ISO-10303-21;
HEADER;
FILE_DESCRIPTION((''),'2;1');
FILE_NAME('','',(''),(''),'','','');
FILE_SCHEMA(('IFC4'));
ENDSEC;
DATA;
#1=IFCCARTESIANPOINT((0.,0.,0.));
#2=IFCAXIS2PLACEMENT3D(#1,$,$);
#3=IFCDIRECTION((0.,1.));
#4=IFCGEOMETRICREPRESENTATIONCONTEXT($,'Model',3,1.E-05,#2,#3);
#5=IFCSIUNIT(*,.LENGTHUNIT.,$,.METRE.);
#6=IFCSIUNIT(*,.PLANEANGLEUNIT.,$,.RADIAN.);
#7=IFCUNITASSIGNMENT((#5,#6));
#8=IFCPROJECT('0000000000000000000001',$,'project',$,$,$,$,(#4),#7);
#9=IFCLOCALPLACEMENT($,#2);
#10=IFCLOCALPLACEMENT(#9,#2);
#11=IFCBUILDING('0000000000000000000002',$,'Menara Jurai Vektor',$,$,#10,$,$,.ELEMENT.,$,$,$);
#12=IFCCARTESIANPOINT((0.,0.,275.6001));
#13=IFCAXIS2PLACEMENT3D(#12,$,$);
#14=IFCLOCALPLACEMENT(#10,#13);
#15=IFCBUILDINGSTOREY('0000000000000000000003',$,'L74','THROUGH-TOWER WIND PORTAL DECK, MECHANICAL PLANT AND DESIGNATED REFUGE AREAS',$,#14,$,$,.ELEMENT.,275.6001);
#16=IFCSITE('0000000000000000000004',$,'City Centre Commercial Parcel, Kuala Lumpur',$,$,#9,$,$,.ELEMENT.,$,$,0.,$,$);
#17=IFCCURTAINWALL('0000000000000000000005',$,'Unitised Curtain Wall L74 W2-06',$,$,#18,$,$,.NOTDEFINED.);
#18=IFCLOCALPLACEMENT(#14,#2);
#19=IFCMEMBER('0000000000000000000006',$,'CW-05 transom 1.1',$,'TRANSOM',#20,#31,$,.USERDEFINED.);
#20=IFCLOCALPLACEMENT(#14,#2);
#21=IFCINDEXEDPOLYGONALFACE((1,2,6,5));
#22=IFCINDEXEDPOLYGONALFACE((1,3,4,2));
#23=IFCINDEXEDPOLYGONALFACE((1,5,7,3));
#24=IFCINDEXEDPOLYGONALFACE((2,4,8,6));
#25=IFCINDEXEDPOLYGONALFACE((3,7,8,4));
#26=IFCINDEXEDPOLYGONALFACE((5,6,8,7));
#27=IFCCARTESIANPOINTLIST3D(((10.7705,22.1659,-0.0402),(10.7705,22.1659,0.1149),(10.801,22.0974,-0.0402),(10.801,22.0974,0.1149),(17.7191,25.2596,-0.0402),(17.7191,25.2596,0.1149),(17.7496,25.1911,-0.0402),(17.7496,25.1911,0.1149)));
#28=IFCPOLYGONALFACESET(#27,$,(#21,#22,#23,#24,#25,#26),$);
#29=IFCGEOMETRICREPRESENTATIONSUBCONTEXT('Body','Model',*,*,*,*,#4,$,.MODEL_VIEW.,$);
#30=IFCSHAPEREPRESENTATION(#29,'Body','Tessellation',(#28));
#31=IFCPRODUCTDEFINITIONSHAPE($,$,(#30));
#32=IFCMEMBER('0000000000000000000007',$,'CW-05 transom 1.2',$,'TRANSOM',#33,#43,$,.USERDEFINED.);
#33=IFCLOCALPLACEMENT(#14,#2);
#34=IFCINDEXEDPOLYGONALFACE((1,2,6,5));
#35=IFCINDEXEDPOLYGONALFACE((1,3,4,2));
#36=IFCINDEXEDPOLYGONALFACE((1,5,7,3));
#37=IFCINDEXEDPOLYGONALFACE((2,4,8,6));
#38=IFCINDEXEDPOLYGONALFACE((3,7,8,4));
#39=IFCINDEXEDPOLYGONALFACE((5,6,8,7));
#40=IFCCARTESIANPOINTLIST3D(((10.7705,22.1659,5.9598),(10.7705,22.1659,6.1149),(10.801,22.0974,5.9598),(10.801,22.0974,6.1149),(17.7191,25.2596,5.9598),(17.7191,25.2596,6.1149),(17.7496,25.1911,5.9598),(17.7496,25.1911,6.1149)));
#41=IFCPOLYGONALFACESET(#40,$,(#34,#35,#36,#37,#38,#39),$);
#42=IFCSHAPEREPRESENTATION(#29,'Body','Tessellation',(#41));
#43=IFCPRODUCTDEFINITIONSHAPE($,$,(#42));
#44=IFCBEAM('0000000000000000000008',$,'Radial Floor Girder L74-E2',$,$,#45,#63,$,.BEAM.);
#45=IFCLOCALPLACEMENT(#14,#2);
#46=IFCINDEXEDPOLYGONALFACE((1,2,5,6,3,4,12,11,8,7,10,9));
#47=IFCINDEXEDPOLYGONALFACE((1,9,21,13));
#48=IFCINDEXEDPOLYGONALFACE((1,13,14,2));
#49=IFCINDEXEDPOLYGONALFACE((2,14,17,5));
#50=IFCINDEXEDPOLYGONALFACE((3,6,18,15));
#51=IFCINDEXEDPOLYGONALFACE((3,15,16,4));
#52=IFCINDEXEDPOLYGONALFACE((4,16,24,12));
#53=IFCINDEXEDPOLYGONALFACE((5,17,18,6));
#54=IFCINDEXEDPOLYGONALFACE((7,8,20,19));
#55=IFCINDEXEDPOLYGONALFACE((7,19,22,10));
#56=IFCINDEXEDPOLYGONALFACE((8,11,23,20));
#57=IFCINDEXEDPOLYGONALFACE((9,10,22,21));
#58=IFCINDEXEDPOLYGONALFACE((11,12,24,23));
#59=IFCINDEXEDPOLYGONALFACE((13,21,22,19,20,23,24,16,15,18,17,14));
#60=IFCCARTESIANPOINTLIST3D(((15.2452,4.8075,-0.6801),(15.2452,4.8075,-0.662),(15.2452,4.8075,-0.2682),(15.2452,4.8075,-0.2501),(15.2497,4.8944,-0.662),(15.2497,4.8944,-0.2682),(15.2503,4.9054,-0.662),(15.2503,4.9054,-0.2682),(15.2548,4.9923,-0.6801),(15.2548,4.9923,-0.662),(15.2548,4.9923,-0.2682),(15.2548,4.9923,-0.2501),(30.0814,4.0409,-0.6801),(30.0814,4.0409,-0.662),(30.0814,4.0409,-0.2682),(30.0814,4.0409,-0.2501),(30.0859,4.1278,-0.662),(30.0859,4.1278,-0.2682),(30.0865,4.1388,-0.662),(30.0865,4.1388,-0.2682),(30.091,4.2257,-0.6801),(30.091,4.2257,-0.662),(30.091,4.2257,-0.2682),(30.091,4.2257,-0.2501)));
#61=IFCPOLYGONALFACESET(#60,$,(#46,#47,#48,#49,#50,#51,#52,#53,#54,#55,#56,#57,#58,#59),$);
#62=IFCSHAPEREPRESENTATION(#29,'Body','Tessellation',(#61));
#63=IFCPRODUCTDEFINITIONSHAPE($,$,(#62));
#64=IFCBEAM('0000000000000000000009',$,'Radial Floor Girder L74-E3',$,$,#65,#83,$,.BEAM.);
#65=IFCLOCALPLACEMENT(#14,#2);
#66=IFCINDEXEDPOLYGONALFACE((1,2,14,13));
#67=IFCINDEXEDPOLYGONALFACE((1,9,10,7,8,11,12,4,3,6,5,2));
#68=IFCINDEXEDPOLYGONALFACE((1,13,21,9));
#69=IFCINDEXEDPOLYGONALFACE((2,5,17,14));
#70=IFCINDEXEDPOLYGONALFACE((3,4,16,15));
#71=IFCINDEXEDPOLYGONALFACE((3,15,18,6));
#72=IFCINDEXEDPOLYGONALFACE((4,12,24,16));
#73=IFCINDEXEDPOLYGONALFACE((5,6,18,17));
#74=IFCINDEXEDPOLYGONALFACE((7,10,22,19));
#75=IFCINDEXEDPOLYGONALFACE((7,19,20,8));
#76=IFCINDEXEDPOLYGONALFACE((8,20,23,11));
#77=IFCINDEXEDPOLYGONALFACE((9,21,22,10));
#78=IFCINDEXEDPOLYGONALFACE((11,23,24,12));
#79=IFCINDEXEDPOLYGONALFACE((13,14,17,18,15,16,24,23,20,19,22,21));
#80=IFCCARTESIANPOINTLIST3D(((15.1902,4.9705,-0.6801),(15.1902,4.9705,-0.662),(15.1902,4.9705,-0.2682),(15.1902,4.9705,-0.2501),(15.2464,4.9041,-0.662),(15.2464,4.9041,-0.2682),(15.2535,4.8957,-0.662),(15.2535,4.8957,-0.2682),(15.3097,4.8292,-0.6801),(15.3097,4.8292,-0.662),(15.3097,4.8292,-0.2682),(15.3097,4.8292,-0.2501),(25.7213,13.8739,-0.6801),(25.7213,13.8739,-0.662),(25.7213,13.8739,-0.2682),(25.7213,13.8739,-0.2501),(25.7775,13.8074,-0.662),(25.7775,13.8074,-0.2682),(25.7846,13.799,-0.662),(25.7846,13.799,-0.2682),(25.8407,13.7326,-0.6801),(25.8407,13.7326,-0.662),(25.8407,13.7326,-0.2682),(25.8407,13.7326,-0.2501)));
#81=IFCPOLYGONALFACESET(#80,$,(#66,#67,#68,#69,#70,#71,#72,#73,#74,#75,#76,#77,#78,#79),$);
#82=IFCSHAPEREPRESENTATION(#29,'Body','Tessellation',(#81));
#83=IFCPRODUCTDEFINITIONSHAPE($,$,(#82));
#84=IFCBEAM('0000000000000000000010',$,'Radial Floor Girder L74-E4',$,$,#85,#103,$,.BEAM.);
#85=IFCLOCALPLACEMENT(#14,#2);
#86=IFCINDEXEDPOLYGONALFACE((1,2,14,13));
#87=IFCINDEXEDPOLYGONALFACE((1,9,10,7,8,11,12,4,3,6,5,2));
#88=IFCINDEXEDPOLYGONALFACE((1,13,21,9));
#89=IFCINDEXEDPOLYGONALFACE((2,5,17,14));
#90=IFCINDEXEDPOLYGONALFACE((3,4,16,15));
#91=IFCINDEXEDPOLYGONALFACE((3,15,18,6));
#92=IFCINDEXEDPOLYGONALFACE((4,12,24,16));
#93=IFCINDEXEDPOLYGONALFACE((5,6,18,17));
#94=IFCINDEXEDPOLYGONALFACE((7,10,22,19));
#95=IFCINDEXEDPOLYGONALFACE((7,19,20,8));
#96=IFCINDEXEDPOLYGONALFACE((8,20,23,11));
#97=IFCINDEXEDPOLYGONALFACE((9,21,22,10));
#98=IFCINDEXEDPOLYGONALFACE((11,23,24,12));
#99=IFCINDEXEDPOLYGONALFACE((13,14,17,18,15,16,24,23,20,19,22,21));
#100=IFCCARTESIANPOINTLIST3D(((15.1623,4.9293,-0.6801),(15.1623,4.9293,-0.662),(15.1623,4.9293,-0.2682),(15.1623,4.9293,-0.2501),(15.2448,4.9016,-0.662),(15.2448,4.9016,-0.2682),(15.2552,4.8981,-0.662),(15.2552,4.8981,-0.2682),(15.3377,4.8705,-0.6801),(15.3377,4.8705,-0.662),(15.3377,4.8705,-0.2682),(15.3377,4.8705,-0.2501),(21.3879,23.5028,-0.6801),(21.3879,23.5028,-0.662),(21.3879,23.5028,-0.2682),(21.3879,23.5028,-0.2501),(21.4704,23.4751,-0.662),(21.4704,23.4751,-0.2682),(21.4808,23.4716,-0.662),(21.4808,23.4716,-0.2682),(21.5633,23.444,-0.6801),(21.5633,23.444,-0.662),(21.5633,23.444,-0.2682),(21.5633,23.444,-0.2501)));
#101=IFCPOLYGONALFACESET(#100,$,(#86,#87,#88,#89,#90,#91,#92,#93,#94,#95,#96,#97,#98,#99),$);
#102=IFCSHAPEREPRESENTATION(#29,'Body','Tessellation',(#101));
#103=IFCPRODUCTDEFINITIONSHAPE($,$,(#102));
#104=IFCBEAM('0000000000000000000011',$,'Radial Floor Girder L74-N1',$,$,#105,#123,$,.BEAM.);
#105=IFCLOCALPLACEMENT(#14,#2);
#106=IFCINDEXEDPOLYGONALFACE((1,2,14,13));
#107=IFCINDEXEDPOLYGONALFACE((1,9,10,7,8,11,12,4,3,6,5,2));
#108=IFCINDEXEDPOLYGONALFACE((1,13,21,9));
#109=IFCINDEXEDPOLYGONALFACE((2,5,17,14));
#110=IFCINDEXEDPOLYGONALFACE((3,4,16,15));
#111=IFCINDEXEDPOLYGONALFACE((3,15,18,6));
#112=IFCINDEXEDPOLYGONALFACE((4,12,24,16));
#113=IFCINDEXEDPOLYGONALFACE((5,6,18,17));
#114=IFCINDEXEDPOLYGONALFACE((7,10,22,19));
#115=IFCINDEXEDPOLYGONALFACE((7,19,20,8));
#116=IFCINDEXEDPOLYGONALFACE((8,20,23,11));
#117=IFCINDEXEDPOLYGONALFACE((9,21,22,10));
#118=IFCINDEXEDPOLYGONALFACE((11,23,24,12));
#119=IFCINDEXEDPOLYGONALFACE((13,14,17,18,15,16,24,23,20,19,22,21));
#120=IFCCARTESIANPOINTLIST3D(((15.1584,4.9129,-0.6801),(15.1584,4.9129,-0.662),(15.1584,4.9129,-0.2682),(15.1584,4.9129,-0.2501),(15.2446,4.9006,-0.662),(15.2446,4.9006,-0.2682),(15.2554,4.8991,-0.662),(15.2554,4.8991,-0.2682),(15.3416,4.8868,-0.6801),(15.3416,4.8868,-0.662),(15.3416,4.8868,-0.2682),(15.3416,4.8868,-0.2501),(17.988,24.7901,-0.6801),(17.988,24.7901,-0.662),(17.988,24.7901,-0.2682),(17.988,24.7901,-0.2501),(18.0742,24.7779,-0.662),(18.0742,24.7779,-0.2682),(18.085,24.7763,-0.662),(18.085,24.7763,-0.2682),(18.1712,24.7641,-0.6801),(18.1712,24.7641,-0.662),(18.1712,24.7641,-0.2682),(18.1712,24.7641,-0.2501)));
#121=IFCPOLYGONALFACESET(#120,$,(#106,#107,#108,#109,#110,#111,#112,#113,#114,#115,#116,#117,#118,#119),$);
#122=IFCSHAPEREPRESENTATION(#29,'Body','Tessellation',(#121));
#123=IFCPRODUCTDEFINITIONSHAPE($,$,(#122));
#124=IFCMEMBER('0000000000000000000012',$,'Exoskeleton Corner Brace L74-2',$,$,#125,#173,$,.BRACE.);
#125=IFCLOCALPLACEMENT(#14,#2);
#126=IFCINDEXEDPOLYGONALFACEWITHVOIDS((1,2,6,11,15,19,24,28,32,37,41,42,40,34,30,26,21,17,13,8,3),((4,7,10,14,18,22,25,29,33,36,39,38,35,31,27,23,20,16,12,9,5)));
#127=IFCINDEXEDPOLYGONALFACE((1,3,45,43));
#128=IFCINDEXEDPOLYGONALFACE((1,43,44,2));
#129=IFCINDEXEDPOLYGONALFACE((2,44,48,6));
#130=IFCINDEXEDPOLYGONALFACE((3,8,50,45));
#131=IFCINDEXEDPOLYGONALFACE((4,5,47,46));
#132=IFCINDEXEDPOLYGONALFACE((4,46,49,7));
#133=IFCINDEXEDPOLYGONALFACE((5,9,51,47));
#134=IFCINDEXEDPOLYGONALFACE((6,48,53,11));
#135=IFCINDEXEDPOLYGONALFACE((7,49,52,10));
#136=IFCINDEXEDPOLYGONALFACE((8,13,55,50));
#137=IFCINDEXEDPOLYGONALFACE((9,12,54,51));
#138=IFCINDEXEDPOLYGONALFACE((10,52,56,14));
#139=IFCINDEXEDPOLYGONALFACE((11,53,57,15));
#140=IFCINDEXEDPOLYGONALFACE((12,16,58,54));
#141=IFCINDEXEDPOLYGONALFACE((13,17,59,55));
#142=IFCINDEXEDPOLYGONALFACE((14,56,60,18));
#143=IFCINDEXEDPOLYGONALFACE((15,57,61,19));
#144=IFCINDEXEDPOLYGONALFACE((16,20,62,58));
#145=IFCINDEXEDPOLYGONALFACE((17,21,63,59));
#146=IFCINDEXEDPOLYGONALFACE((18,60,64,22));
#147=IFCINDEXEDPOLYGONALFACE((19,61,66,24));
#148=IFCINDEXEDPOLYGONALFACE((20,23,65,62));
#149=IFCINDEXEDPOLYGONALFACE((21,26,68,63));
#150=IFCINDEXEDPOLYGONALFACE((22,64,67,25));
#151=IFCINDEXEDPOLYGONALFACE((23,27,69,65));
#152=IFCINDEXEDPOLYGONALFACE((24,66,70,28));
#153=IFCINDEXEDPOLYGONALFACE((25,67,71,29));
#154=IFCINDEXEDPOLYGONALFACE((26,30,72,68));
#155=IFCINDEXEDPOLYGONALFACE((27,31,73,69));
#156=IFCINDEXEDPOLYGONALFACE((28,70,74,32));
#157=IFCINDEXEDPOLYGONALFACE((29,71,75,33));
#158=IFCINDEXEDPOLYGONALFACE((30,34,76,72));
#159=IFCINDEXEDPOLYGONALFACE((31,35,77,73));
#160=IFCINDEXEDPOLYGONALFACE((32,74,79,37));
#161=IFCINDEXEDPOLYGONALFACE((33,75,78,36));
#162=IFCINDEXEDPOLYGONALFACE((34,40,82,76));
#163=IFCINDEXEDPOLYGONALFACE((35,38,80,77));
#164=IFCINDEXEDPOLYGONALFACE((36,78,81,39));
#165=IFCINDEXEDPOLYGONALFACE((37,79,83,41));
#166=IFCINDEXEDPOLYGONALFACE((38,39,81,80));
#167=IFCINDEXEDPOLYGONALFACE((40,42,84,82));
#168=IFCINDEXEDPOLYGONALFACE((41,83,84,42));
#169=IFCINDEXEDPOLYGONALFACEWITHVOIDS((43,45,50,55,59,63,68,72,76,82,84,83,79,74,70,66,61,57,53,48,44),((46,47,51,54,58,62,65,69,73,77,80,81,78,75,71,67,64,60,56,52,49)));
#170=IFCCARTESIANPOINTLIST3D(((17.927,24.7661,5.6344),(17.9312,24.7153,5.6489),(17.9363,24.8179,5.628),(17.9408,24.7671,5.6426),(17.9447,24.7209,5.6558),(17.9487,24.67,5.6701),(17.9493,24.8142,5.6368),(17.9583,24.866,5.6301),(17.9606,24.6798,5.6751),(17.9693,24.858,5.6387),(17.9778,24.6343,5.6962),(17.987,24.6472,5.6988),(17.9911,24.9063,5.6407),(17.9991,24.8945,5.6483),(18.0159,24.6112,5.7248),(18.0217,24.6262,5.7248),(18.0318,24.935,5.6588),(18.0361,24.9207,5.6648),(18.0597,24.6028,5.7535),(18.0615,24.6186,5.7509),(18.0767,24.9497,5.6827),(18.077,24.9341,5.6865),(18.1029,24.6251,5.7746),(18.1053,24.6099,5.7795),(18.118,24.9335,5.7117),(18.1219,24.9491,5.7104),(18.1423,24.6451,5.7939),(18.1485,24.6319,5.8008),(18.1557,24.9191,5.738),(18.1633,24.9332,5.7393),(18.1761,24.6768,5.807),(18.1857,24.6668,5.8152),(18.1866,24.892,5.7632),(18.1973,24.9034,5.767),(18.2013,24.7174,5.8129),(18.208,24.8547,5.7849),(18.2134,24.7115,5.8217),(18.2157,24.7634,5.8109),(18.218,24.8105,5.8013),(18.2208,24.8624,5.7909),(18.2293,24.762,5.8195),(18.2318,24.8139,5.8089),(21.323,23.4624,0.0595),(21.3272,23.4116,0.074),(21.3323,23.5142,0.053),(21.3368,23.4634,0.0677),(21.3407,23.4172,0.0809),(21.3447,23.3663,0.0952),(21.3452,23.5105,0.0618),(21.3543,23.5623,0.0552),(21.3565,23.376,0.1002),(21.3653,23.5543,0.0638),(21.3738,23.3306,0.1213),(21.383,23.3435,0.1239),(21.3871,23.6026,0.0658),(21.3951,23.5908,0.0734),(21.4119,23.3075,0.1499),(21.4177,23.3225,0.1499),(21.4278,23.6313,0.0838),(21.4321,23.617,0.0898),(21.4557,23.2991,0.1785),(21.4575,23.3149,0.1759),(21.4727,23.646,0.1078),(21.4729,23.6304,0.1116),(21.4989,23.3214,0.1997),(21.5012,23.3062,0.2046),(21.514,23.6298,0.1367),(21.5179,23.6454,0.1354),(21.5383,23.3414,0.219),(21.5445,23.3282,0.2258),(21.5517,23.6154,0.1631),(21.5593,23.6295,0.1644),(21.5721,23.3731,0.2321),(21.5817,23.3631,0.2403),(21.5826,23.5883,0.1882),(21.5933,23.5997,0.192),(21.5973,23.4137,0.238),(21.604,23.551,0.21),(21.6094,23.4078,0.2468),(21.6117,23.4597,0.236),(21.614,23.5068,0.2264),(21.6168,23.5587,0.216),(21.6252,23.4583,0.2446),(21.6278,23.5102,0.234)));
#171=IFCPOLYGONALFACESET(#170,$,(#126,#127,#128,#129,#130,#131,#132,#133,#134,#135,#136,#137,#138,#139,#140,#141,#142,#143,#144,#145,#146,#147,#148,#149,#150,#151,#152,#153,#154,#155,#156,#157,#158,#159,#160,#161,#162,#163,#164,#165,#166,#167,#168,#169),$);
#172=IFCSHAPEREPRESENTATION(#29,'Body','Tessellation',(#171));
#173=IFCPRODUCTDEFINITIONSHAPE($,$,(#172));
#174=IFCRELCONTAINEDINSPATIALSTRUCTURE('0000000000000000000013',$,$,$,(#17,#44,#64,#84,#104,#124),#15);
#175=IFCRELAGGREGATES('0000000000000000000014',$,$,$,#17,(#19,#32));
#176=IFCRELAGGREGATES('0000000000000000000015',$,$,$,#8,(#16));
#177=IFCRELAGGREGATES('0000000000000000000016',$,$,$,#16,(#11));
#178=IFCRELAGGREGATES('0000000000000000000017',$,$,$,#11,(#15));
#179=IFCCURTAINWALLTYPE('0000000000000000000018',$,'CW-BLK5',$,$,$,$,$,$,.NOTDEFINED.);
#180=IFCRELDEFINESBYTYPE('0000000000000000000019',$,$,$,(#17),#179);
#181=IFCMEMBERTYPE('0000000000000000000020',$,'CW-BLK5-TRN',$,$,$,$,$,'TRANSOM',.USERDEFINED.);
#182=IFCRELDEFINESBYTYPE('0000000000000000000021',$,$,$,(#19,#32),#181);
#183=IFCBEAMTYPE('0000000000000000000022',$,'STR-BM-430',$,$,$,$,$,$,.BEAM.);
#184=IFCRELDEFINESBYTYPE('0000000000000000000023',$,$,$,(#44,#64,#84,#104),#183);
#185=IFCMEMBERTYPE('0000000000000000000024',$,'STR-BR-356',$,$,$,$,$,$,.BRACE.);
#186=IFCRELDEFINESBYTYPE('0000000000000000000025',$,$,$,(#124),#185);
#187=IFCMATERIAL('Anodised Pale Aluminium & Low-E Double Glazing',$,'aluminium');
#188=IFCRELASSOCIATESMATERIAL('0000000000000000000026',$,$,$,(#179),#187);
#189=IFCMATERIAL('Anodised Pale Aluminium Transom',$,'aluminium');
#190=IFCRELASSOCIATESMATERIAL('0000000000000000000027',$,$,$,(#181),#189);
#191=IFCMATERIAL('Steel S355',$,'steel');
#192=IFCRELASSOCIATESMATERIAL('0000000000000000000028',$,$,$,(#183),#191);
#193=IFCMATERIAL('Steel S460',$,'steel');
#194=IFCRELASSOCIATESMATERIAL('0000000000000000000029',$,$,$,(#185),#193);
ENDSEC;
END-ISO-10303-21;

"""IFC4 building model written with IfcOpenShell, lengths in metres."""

from ifc_helpers import new_model, si_unit, direction, frame, origin, origin_2d, place, context, subcontext, project, spatial, rectangle, hollow_circle, i_section, extrude, material, material_profile, profile_set, type_object, element, aggregate, save


model = new_model("IFC4")

# Units and contexts
model_context = context("Model", 3, precision=1e-05, world=origin(), true_north=direction((0.0, 1.0)))
body_context = subcontext(model_context, "Body", "Model", "MODEL_VIEW")
ifc_project = project(units=[si_unit("LENGTHUNIT", "METRE"), si_unit("PLANEANGLEUNIT", "RADIAN")], contexts=[model_context])

# Site, building, storey
site_placement = place(None, origin())
site = spatial("IfcSite", under=ifc_project, at=site_placement, Name="City Centre Commercial Parcel, Kuala Lumpur", CompositionType="ELEMENT", RefElevation=0.0)
building_placement = place(site_placement, origin())
building = spatial("IfcBuilding", under=site, at=building_placement, Name="Menara Jurai Vektor", CompositionType="ELEMENT")
storey_placement = place(building_placement, frame((0.0, 0.0, 275.6001)))
storey = spatial("IfcBuildingStorey", under=building, at=storey_placement, Name="L74", Description="THROUGH-TOWER WIND PORTAL DECK, MECHANICAL PLANT AND DESIGNATED REFUGE AREAS", CompositionType="ELEMENT", Elevation=275.6001)

# Shared definitions
ifc_material_1 = material(Name="Steel S460", Category="steel")

# Shared definitions
ifc_material_2 = material(Name="Anodised Pale Aluminium & Low-E Double Glazing", Category="aluminium")
curtain_wall_type = type_object("IfcCurtainWallType", Name="CW-BLK5", PredefinedType="NOTDEFINED", material=ifc_material_2)

# Curtain wall
curtain_wall_1_placement = place(storey_placement, origin())
curtain_wall_1 = element("IfcCurtainWall", 1, at=curtain_wall_1_placement, inside=storey, type_object=curtain_wall_type, Name="Unitised Curtain Wall L74 W2-06", PredefinedType="NOTDEFINED")

# Members
ifc_material_3 = material(Name="Anodised Pale Aluminium Transom", Category="aluminium")
ifc_material_profile_1 = material_profile(ifc_material_3, rectangle(XDim=0.075, YDim=0.155, at=origin_2d()), Name="ALU TRN 75x155")
ifc_profile_set_1 = profile_set([ifc_material_profile_1], Name="Anodised Pale Aluminium Transom")
member_type_1 = type_object("IfcMemberType", Name="CW-BLK5-TRN", ElementType="TRANSOM", PredefinedType="USERDEFINED", material=ifc_profile_set_1)
member_1_placement = place(storey_placement, frame((17.7344, 25.2253, 0.0374), z_axis=(-0.913547, -0.406734, 0.0), x_axis=(0.406734, -0.913547, 0.0)))
member_1 = element("IfcMember", 2, at=member_1_placement, type_object=member_type_1, Name="CW-05 transom 1.1", ObjectType="TRANSOM", PredefinedType="USERDEFINED", context=body_context, shape_type="SweptSolid", body=[
    extrude(rectangle(XDim=0.075, YDim=0.155, at=origin_2d()), origin(), (0.0, 0.0, 1.0), 7.6062),
])
member_2_placement = place(storey_placement, frame((17.7344, 25.2253, 6.0374), z_axis=(-0.913547, -0.406734, 0.0), x_axis=(0.406734, -0.913547, 0.0)))
member_2 = element("IfcMember", 3, at=member_2_placement, type_object=member_type_1, Name="CW-05 transom 1.2", ObjectType="TRANSOM", PredefinedType="USERDEFINED", context=body_context, shape_type="SweptSolid", body=[
    extrude(rectangle(XDim=0.075, YDim=0.155, at=origin_2d()), origin(), (0.0, 0.0, 1.0), 7.6062),
])
aggregate(curtain_wall_1, [member_1, member_2])

# Beams
ifc_material_4 = material(Name="Steel S355", Category="steel")
ifc_material_profile_2 = material_profile(ifc_material_4, i_section(OverallWidth=0.1851, OverallDepth=0.4299, WebThickness=0.011, FlangeThickness=0.0181, at=origin_2d()), Name="PG 430x185x76")
ifc_profile_set_2 = profile_set([ifc_material_profile_2], Name="Steel S355")
beam_type_1 = type_object("IfcBeamType", Name="STR-BM-430", PredefinedType="BEAM", material=ifc_profile_set_2)
beam_1_placement = place(storey_placement, frame((30.0862, 4.1333, -0.4651), z_axis=(-0.998668, 0.051602, 0.0), x_axis=(-0.051602, -0.998668, 0.0)))
element("IfcBeam", 4, at=beam_1_placement, inside=storey, type_object=beam_type_1, Name="Radial Floor Girder L74-E2", PredefinedType="BEAM", context=body_context, shape_type="SweptSolid", body=[
    extrude(i_section(OverallWidth=0.1851, OverallDepth=0.4299, WebThickness=0.011, FlangeThickness=0.0181, at=origin_2d()), origin(), (0.0, 0.0, 1.0), 14.856),
])
beam_2_placement = place(storey_placement, frame((25.781, 13.8032, -0.4651), z_axis=(-0.763656, -0.645624, 0.0), x_axis=(0.645624, -0.763656, 0.0)))
element("IfcBeam", 5, at=beam_2_placement, inside=storey, type_object=beam_type_1, Name="Radial Floor Girder L74-E3", PredefinedType="BEAM", context=body_context, shape_type="SweptSolid", body=[
    extrude(i_section(OverallWidth=0.1851, OverallDepth=0.4299, WebThickness=0.011, FlangeThickness=0.0181, at=origin_2d()), origin(), (0.0, 0.0, 1.0), 13.7903),
])
beam_3_placement = place(storey_placement, frame((21.4756, 23.4734, -0.4651), z_axis=(-0.317809, -0.948155, 0.0), x_axis=(0.948155, -0.317809, 0.0)))
element("IfcBeam", 6, at=beam_3_placement, inside=storey, type_object=beam_type_1, Name="Radial Floor Girder L74-E4", PredefinedType="BEAM", context=body_context, shape_type="SweptSolid", body=[
    extrude(i_section(OverallWidth=0.1851, OverallDepth=0.4299, WebThickness=0.011, FlangeThickness=0.0181, at=origin_2d()), origin(), (0.0, 0.0, 1.0), 19.5891),
])
beam_4_placement = place(storey_placement, frame((18.0796, 24.7771, -0.4651), z_axis=(-0.140933, -0.990019, 0.0), x_axis=(0.990019, -0.140933, 0.0)))
element("IfcBeam", 7, at=beam_4_placement, inside=storey, type_object=beam_type_1, Name="Radial Floor Girder L74-N1", PredefinedType="BEAM", context=body_context, shape_type="SweptSolid", body=[
    extrude(i_section(OverallWidth=0.1851, OverallDepth=0.4299, WebThickness=0.011, FlangeThickness=0.0181, at=origin_2d()), origin(), (0.0, 0.0, 1.0), 20.0776),
])

# Member
ifc_material_profile_3 = material_profile(ifc_material_1, hollow_circle(Radius=0.1777, WallThickness=0.0161, at=origin_2d()), Name="CHS 355.6x16")
ifc_profile_set_3 = profile_set([ifc_material_profile_3], Name="Steel S460")
member_type_2 = type_object("IfcMemberType", Name="STR-BR-356", PredefinedType="BRACE", material=ifc_profile_set_3)
member_3_placement = place(storey_placement, frame((21.4756, 23.4734, 0.1499), z_axis=(-0.510157, 0.195847, 0.837486), x_axis=(-0.358394, -0.93357, 0.0)))
element("IfcMember", 8, at=member_3_placement, inside=storey, type_object=member_type_2, Name="Exoskeleton Corner Brace L74-2", PredefinedType="BRACE", context=body_context, shape_type="SweptSolid", body=[
    extrude(hollow_circle(Radius=0.1777, WallThickness=0.0161, at=origin_2d()), origin(), (0.0, 0.0, 1.0), 6.6567),
])

save(model, "model.ifc")
